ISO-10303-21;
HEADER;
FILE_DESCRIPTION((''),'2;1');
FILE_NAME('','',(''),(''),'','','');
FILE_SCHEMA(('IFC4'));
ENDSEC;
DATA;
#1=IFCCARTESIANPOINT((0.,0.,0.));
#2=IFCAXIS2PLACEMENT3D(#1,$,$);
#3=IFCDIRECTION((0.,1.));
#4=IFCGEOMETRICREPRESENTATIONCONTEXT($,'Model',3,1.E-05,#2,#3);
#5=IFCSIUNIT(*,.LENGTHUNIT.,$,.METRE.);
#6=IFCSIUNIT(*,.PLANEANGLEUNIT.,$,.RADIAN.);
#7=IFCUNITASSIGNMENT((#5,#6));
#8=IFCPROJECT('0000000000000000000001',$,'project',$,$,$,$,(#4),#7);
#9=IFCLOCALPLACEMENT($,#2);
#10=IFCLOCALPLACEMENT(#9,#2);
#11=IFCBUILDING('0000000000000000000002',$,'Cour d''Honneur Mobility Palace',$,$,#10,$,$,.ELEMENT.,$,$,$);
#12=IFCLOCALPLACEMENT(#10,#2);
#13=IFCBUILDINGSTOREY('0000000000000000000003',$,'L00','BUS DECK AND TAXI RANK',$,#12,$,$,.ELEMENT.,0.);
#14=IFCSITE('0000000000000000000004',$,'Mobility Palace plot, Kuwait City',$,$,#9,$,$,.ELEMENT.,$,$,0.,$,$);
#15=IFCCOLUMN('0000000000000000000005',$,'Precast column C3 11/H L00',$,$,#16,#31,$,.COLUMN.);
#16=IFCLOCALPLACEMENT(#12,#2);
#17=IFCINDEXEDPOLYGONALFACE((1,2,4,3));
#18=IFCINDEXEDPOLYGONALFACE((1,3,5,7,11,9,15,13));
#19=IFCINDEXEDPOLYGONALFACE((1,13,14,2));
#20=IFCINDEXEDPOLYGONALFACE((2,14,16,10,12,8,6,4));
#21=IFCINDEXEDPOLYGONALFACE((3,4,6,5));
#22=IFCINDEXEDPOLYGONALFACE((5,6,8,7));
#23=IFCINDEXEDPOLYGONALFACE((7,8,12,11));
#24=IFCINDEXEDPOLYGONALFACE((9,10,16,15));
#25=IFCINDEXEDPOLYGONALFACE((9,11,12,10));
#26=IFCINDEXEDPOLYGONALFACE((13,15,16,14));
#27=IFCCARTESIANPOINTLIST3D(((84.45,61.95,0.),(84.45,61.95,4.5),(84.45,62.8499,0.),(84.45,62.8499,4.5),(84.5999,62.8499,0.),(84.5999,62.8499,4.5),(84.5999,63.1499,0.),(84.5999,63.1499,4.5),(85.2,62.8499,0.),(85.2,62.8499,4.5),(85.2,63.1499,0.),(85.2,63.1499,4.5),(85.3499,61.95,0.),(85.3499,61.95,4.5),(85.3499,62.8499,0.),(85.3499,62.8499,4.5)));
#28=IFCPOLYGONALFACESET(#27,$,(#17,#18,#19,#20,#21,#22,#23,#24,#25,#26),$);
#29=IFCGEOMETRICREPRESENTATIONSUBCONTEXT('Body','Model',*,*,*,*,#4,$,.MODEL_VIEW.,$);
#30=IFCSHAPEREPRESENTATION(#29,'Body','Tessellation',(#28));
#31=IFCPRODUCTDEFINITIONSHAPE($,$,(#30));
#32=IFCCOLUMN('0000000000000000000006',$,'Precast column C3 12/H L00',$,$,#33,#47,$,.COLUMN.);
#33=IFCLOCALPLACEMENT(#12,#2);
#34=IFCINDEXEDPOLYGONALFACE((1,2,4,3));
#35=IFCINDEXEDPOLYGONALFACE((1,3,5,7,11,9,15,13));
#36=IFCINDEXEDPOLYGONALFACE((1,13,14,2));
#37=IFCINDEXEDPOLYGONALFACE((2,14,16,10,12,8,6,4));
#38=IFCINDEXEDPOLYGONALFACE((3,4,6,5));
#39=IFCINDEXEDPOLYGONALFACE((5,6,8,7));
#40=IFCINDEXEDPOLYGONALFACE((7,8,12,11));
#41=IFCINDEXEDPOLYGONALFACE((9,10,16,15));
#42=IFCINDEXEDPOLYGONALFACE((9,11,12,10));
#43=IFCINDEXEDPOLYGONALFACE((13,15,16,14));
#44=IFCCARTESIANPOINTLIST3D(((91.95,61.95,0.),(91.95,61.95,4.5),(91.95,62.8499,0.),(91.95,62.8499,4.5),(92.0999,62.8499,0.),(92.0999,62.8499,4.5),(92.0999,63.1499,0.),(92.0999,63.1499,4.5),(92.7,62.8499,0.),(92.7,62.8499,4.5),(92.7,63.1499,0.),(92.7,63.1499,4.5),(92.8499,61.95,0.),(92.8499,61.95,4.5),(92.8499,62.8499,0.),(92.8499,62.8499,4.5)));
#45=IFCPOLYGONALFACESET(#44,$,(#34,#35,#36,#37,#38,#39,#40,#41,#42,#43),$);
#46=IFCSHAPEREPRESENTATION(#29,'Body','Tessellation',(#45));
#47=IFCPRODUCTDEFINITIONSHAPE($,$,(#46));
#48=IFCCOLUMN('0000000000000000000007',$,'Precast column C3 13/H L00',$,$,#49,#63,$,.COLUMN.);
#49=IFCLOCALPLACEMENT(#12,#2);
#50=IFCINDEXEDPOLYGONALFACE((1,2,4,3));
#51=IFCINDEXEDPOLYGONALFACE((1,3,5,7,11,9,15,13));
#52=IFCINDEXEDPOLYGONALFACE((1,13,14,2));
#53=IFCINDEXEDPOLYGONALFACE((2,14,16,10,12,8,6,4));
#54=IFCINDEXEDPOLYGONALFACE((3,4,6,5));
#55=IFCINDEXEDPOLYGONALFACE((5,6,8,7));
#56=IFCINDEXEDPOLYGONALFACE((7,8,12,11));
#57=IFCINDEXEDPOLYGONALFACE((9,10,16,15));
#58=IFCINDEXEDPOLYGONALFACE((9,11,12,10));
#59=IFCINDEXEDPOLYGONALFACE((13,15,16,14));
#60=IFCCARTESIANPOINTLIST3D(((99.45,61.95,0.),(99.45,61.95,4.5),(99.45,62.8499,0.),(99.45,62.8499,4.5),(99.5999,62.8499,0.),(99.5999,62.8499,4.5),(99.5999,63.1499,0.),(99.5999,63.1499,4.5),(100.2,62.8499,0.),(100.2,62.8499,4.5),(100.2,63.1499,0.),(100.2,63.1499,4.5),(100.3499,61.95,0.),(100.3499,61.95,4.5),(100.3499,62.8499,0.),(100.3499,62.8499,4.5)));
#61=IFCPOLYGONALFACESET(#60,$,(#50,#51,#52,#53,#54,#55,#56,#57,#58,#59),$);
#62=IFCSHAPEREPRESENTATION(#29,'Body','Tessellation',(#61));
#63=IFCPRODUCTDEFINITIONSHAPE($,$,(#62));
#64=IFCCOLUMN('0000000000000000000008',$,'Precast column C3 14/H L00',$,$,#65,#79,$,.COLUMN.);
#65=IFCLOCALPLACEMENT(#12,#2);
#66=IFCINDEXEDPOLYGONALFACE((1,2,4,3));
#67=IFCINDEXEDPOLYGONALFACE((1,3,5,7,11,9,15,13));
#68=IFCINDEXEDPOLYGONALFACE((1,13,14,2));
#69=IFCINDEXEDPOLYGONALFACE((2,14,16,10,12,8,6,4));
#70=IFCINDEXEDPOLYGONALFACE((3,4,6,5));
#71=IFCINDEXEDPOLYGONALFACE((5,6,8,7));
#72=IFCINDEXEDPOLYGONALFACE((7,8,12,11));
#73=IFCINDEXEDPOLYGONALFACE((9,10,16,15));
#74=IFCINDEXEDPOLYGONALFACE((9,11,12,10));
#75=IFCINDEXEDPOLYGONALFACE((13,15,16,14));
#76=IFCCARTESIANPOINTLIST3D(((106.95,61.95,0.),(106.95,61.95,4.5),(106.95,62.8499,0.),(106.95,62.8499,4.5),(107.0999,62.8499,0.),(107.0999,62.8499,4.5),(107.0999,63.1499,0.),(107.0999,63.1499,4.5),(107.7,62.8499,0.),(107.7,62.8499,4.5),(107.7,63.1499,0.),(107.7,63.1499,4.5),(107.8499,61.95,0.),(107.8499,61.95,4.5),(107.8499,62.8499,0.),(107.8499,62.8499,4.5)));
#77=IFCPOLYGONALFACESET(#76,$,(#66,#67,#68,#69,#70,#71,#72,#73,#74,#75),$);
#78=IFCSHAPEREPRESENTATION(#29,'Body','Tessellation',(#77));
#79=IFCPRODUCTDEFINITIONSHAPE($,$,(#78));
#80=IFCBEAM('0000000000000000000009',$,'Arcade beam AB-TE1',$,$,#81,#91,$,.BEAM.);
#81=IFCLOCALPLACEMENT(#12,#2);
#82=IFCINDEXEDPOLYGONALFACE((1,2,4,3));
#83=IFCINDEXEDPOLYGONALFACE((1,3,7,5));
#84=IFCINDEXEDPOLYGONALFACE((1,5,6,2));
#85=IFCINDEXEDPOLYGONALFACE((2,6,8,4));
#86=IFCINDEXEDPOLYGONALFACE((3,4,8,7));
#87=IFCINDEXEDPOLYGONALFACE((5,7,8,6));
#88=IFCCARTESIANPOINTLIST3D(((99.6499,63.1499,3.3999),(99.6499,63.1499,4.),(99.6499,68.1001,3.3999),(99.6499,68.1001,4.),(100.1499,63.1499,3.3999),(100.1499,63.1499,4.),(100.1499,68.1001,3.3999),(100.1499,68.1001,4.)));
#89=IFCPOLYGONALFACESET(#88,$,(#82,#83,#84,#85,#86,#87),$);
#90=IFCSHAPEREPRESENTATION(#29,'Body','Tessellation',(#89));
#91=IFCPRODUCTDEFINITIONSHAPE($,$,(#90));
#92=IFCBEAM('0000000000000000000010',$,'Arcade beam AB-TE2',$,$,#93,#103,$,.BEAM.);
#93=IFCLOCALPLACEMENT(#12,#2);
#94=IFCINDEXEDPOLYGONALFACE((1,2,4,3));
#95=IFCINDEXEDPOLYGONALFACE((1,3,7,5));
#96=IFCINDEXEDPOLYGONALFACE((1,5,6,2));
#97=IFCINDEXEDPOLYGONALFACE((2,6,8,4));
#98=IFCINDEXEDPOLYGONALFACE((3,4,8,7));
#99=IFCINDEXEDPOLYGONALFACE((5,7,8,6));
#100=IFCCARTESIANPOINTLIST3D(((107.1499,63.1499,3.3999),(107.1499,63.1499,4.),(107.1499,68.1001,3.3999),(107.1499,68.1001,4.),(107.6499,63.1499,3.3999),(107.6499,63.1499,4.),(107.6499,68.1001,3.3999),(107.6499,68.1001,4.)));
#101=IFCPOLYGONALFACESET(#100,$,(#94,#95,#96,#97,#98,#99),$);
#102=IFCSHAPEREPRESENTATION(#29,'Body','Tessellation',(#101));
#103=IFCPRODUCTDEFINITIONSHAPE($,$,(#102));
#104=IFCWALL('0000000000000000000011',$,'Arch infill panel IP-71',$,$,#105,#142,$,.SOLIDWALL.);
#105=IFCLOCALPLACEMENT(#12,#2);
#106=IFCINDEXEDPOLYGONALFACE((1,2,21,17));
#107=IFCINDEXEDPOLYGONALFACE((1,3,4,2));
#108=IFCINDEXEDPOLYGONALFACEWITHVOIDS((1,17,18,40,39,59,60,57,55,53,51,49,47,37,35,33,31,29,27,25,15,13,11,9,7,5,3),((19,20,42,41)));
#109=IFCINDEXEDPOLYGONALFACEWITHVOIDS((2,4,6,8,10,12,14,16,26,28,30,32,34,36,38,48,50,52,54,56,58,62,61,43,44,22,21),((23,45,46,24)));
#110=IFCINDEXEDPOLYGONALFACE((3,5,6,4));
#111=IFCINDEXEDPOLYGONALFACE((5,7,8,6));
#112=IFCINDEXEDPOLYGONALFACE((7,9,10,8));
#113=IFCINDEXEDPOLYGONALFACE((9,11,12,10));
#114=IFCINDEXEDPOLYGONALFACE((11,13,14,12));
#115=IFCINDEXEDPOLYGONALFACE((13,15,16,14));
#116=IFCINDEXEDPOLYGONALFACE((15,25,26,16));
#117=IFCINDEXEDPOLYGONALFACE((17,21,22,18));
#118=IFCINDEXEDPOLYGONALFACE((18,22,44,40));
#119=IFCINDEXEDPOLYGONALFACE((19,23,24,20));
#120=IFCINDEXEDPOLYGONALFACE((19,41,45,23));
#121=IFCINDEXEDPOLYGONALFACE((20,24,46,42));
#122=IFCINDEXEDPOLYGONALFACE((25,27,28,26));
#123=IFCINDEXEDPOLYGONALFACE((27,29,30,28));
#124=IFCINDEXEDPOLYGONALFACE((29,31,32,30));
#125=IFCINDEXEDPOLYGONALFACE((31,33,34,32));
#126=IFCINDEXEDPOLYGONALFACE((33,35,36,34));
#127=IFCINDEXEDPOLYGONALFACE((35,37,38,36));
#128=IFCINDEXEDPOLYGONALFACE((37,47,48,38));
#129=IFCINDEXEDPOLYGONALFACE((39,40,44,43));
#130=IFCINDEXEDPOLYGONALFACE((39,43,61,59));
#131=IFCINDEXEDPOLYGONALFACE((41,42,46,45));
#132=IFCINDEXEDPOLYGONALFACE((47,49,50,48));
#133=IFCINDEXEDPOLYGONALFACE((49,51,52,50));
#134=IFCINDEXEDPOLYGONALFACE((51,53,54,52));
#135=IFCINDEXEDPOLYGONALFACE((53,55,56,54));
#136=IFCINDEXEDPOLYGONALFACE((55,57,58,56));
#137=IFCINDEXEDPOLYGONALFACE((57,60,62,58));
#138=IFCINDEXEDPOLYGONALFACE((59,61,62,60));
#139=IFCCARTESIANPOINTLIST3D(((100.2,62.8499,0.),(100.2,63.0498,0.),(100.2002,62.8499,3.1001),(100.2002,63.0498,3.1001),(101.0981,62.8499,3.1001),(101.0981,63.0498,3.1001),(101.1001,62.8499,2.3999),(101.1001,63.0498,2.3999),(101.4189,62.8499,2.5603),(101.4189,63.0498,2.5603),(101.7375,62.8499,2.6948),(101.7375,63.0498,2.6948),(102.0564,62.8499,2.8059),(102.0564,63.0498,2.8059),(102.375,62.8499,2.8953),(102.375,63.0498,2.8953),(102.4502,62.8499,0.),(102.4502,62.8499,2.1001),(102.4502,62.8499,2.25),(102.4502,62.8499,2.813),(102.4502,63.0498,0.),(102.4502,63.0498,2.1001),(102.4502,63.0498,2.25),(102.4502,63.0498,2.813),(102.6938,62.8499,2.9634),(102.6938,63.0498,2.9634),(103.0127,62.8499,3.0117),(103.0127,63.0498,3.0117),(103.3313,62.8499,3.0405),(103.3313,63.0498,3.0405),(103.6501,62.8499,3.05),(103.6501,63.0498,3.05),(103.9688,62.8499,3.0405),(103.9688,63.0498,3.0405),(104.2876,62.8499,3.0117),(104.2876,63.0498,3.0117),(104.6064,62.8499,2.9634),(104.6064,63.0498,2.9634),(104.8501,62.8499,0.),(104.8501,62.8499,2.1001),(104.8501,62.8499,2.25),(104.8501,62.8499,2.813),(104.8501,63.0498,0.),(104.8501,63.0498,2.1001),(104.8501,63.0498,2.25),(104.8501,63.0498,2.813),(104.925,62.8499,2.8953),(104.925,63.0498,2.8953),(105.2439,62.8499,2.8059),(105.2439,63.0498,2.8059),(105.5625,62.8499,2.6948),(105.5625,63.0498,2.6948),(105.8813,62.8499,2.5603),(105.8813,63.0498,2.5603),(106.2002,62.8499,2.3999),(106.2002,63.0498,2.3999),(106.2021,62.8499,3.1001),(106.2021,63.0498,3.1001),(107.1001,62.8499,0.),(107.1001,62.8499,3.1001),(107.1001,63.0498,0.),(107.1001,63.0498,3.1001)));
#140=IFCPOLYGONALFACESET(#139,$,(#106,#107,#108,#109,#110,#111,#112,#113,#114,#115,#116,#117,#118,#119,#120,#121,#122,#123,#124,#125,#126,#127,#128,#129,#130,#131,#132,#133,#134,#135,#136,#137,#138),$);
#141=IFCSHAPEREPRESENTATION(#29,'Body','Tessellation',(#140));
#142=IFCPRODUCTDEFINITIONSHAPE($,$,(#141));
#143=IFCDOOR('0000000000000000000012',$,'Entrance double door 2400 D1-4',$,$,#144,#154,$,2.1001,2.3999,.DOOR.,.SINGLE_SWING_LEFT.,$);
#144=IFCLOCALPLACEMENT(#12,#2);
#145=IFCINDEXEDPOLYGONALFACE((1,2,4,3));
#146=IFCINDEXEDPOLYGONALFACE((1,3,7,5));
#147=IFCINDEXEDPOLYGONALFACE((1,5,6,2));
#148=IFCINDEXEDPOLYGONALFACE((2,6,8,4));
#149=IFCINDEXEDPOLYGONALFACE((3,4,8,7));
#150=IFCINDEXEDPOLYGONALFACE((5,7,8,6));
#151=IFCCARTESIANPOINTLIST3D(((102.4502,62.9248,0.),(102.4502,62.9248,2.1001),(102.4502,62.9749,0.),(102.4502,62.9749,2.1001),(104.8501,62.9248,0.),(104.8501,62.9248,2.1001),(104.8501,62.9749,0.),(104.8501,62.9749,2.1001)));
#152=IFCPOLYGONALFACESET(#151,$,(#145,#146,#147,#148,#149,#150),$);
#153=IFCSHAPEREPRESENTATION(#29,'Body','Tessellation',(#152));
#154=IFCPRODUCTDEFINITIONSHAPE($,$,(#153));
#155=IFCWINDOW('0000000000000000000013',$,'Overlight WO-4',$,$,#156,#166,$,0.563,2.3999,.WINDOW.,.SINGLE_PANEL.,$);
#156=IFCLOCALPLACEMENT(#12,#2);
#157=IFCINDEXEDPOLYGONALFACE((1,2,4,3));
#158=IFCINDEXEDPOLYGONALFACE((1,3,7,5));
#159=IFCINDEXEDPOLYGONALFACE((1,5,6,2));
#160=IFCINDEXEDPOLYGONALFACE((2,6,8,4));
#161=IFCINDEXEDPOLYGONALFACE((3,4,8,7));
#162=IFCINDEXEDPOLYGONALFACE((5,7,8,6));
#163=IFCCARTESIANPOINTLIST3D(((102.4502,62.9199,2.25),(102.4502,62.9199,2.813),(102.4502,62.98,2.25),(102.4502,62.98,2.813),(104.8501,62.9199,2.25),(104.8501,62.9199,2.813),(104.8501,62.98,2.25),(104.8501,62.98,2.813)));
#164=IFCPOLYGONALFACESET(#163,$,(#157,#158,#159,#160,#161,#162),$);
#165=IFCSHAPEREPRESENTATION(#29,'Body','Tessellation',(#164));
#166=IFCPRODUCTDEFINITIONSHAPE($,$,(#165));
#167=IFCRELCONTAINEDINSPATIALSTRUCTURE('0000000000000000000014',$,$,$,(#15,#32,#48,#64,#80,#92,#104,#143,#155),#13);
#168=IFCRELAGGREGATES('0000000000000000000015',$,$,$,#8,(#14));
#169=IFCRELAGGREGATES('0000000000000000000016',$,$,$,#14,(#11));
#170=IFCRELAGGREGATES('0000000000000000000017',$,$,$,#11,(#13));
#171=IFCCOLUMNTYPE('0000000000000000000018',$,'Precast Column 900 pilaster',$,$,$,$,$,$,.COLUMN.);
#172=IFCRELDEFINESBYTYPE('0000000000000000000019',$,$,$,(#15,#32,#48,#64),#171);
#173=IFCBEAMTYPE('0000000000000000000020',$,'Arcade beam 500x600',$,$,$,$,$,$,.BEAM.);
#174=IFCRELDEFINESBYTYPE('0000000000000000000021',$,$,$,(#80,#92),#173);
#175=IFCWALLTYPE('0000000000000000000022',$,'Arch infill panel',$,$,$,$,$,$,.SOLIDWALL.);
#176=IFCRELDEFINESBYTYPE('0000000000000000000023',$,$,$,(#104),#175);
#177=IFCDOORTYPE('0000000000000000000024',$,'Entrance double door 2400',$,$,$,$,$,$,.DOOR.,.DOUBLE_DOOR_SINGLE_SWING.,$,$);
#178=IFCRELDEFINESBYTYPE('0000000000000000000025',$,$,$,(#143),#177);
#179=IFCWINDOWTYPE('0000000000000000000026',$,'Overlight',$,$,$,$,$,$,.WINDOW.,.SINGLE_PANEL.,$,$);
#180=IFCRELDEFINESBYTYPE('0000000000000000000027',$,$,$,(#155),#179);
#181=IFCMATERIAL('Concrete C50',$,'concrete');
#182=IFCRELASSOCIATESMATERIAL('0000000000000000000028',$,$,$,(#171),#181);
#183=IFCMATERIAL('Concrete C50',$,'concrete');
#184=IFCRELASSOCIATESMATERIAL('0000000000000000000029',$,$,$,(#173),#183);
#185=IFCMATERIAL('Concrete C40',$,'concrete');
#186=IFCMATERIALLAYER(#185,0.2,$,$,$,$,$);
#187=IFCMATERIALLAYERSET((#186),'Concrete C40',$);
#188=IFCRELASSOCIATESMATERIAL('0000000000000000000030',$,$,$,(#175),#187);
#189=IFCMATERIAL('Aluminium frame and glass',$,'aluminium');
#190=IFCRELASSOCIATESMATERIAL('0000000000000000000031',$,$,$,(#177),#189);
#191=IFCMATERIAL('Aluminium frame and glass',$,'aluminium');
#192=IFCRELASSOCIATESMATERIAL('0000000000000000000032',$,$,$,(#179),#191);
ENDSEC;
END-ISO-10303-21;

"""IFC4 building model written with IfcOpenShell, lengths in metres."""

from ifc_helpers import new_model, si_unit, direction, frame, frame_2d, origin, origin_2d, place, context, subcontext, project, spatial, polyline, rectangle, outline, extrude, material, layer, layer_set, material_profile, profile_set, type_object, element, fill, save


model = new_model("IFC4")

# Units and contexts
model_context = context("Model", 3, precision=1e-05, world=origin(), true_north=direction((0.0, 1.0)))
body_context = subcontext(model_context, "Body", "Model", "MODEL_VIEW")
ifc_project = project(units=[si_unit("LENGTHUNIT", "METRE"), si_unit("PLANEANGLEUNIT", "RADIAN")], contexts=[model_context])

# Site, building, storey
site_placement = place(None, origin())
site = spatial("IfcSite", under=ifc_project, at=site_placement, Name="Mobility Palace plot, Kuwait City", CompositionType="ELEMENT", RefElevation=0.0)
building_placement = place(site_placement, origin())
building = spatial("IfcBuilding", under=site, at=building_placement, Name="Cour d'Honneur Mobility Palace", CompositionType="ELEMENT")
storey_placement = place(building_placement, origin())
storey = spatial("IfcBuildingStorey", under=building, at=storey_placement, Name="L00", Description="BUS DECK AND TAXI RANK", CompositionType="ELEMENT", Elevation=0.0)

# Columns
ifc_material_1 = material(Name="Concrete C50", Category="concrete")
ifc_material_profile_1 = material_profile(ifc_material_1, outline(polyline([(-0.45, -0.45), (0.45, -0.45), (0.45, -0.3), (0.75, -0.3), (0.75, 0.3), (0.45, 0.3), (0.45, 0.45), (-0.45, 0.45), (-0.45, -0.45)])), Name="PC C900 pilaster")
ifc_profile_set_1 = profile_set([ifc_material_profile_1], Name="Concrete C50")
column_type = type_object("IfcColumnType", Name="Precast Column 900 pilaster", PredefinedType="COLUMN", material=ifc_profile_set_1)
for number, where, z_axis, x_axis, name in (
    (1, (84.8999, 62.3999, 0.0), (0.0, 0.0, 1.0), (0.0, 1.0, 0.0), "Precast column C3 11/H L00"),
    (2, (92.3999, 62.3999, 0.0), (0.0, 0.0, 1.0), (0.0, 1.0, 0.0), "Precast column C3 12/H L00"),
    (3, (99.8999, 62.3999, 0.0), (0.0, 0.0, 1.0), (0.0, 1.0, 0.0), "Precast column C3 13/H L00"),
    (4, (107.3999, 62.3999, 0.0), (0.0, 0.0, 1.0), (0.0, 1.0, 0.0), "Precast column C3 14/H L00"),
):
    element("IfcColumn", number, at=place(storey_placement, frame(where, z_axis=z_axis, x_axis=x_axis)), inside=storey, type_object=column_type, Name=name, PredefinedType="COLUMN", context=body_context, shape_type="SweptSolid", body=[
        extrude(outline(polyline([(-0.45, -0.45), (0.45, -0.45), (0.45, -0.3), (0.75, -0.3), (0.75, 0.3), (0.45, 0.3), (0.45, 0.45), (-0.45, 0.45), (-0.45, -0.45)])), origin(), (0.0, 0.0, 1.0), 4.5),
    ])

# Beams
ifc_material_2 = material(Name="Concrete C50", Category="concrete")
ifc_material_profile_2 = material_profile(ifc_material_2, rectangle(XDim=0.5, YDim=0.6001, at=origin_2d()), Name="Arcade beam 500x600")
ifc_profile_set_2 = profile_set([ifc_material_profile_2], Name="Concrete C50")
beam_type = type_object("IfcBeamType", Name="Arcade beam 500x600", PredefinedType="BEAM", material=ifc_profile_set_2)
for number, where, z_axis, x_axis, name in (
    (5, (99.8999, 63.1499, 3.7), (0.0, 1.0, 0.0), (-1.0, 0.0, 0.0), "Arcade beam AB-TE1"),
    (6, (107.3999, 63.1499, 3.7), (0.0, 1.0, 0.0), (-1.0, 0.0, 0.0), "Arcade beam AB-TE2"),
):
    element("IfcBeam", number, at=place(storey_placement, frame(where, z_axis=z_axis, x_axis=x_axis)), inside=storey, type_object=beam_type, Name=name, PredefinedType="BEAM", context=body_context, shape_type="SweptSolid", body=[
        extrude(rectangle(XDim=0.5, YDim=0.6001, at=origin_2d()), origin(), (0.0, 0.0, 1.0), 4.9502),
    ])

# Wall, openings, door, window
ifc_material_3 = material(Name="Concrete C40", Category="concrete")
ifc_layer_1 = layer(ifc_material_3, 0.2)
ifc_layer_set_1 = layer_set([ifc_layer_1], Name="Concrete C40")
wall_type = type_object("IfcWallType", Name="Arch infill panel", PredefinedType="SOLIDWALL", material=ifc_layer_set_1)
wall_1_placement = place(storey_placement, frame((107.1001, 62.95, 0.0), z_axis=(0.0, 0.0, 1.0), x_axis=(-1.0, 0.0, 0.0)))
wall_1 = element("IfcWall", 7, at=wall_1_placement, inside=storey, type_object=wall_type, Name="Arch infill panel IP-71", PredefinedType="SOLIDWALL", context=body_context, shape_type="SweptSolid", body=[
    extrude(outline(polyline([(0.0, 0.0), (6.9001, 0.0), (6.8999, 3.1001), (6.002, 3.1001), (6.0, 2.3999), (5.6812, 2.5603), (5.3625, 2.6948), (5.0437, 2.8059), (4.7251, 2.8953), (4.4062, 2.9634), (4.0874, 3.0117), (3.7688, 3.0405), (3.45, 3.05), (3.1313, 3.0405), (2.8125, 3.0117), (2.4937, 2.9634), (2.175, 2.8953), (1.8562, 2.8059), (1.5376, 2.6948), (1.2188, 2.5603), (0.8999, 2.3999), (0.8979, 3.1001), (0.0, 3.1001), (0.0, 0.0)])), frame((0.0, 0.1001, 0.0), z_axis=(0.0, -1.0, 0.0), x_axis=(1.0, 0.0, 0.0)), (0.0, 0.0, 1.0), 0.2),
])
opening_1_placement = place(wall_1_placement, frame((2.25, 0.0, 0.0)))
opening_1 = element("IfcOpeningElement", 8, at=opening_1_placement, cuts=wall_1, PredefinedType="OPENING", context=body_context, shape_type="SweptSolid", body=[
    extrude(rectangle(XDim=2.3999, YDim=2.1001, at=frame_2d((1.2, 1.05))), frame((0.0, 0.1099, 0.0), z_axis=(0.0, -1.0, 0.0), x_axis=(1.0, 0.0, 0.0)), (0.0, 0.0, 1.0), 0.22),
])
opening_2_placement = place(wall_1_placement, frame((2.25, 0.0, 2.25)))
opening_2 = element("IfcOpeningElement", 9, at=opening_2_placement, cuts=wall_1, PredefinedType="OPENING", context=body_context, shape_type="SweptSolid", body=[
    extrude(rectangle(XDim=2.3999, YDim=0.563, at=frame_2d((1.2, 0.2815))), frame((0.0, 0.1099, 0.0), z_axis=(0.0, -1.0, 0.0), x_axis=(1.0, 0.0, 0.0)), (0.0, 0.0, 1.0), 0.22),
])
ifc_material_4 = material(Name="Aluminium frame and glass", Category="aluminium")
door_type_1 = type_object("IfcDoorType", Name="Entrance double door 2400", OperationType="DOUBLE_DOOR_SINGLE_SWING", PredefinedType="DOOR", material=ifc_material_4)
door_1_placement = place(opening_1_placement, frame((2.3999, 0.0, 0.0), z_axis=(0.0, 0.0, 1.0), x_axis=(-1.0, 0.0, 0.0)))
door_1 = element("IfcDoor", 10, at=door_1_placement, inside=storey, type_object=door_type_1, Name="Entrance double door 2400 D1-4", OperationType="SINGLE_SWING_LEFT", OverallHeight=2.1001, OverallWidth=2.3999, PredefinedType="DOOR", context=body_context, shape_type="SweptSolid", body=[
    extrude(rectangle(XDim=2.3999, YDim=2.1001, at=frame_2d((1.2, 1.05))), frame((0.0, 0.0249, 0.0), z_axis=(0.0, -1.0, 0.0), x_axis=(1.0, 0.0, 0.0)), (0.0, 0.0, 1.0), 0.05),
])
fill(opening_1, door_1)
ifc_material_5 = material(Name="Aluminium frame and glass", Category="aluminium")
window_type = type_object("IfcWindowType", Name="Overlight", PartitioningType="SINGLE_PANEL", PredefinedType="WINDOW", material=ifc_material_5)
window_1_placement = place(opening_2_placement, origin())
window_1 = element("IfcWindow", 11, at=window_1_placement, inside=storey, type_object=window_type, Name="Overlight WO-4", OverallHeight=0.563, OverallWidth=2.3999, PartitioningType="SINGLE_PANEL", PredefinedType="WINDOW", context=body_context, shape_type="SweptSolid", body=[
    extrude(rectangle(XDim=2.3999, YDim=0.563, at=frame_2d((1.2, 0.2815))), frame((0.0, 0.03, 0.0), z_axis=(0.0, -1.0, 0.0), x_axis=(1.0, 0.0, 0.0)), (0.0, 0.0, 1.0), 0.0601),
])
fill(opening_2, window_1)

save(model, "model.ifc")
